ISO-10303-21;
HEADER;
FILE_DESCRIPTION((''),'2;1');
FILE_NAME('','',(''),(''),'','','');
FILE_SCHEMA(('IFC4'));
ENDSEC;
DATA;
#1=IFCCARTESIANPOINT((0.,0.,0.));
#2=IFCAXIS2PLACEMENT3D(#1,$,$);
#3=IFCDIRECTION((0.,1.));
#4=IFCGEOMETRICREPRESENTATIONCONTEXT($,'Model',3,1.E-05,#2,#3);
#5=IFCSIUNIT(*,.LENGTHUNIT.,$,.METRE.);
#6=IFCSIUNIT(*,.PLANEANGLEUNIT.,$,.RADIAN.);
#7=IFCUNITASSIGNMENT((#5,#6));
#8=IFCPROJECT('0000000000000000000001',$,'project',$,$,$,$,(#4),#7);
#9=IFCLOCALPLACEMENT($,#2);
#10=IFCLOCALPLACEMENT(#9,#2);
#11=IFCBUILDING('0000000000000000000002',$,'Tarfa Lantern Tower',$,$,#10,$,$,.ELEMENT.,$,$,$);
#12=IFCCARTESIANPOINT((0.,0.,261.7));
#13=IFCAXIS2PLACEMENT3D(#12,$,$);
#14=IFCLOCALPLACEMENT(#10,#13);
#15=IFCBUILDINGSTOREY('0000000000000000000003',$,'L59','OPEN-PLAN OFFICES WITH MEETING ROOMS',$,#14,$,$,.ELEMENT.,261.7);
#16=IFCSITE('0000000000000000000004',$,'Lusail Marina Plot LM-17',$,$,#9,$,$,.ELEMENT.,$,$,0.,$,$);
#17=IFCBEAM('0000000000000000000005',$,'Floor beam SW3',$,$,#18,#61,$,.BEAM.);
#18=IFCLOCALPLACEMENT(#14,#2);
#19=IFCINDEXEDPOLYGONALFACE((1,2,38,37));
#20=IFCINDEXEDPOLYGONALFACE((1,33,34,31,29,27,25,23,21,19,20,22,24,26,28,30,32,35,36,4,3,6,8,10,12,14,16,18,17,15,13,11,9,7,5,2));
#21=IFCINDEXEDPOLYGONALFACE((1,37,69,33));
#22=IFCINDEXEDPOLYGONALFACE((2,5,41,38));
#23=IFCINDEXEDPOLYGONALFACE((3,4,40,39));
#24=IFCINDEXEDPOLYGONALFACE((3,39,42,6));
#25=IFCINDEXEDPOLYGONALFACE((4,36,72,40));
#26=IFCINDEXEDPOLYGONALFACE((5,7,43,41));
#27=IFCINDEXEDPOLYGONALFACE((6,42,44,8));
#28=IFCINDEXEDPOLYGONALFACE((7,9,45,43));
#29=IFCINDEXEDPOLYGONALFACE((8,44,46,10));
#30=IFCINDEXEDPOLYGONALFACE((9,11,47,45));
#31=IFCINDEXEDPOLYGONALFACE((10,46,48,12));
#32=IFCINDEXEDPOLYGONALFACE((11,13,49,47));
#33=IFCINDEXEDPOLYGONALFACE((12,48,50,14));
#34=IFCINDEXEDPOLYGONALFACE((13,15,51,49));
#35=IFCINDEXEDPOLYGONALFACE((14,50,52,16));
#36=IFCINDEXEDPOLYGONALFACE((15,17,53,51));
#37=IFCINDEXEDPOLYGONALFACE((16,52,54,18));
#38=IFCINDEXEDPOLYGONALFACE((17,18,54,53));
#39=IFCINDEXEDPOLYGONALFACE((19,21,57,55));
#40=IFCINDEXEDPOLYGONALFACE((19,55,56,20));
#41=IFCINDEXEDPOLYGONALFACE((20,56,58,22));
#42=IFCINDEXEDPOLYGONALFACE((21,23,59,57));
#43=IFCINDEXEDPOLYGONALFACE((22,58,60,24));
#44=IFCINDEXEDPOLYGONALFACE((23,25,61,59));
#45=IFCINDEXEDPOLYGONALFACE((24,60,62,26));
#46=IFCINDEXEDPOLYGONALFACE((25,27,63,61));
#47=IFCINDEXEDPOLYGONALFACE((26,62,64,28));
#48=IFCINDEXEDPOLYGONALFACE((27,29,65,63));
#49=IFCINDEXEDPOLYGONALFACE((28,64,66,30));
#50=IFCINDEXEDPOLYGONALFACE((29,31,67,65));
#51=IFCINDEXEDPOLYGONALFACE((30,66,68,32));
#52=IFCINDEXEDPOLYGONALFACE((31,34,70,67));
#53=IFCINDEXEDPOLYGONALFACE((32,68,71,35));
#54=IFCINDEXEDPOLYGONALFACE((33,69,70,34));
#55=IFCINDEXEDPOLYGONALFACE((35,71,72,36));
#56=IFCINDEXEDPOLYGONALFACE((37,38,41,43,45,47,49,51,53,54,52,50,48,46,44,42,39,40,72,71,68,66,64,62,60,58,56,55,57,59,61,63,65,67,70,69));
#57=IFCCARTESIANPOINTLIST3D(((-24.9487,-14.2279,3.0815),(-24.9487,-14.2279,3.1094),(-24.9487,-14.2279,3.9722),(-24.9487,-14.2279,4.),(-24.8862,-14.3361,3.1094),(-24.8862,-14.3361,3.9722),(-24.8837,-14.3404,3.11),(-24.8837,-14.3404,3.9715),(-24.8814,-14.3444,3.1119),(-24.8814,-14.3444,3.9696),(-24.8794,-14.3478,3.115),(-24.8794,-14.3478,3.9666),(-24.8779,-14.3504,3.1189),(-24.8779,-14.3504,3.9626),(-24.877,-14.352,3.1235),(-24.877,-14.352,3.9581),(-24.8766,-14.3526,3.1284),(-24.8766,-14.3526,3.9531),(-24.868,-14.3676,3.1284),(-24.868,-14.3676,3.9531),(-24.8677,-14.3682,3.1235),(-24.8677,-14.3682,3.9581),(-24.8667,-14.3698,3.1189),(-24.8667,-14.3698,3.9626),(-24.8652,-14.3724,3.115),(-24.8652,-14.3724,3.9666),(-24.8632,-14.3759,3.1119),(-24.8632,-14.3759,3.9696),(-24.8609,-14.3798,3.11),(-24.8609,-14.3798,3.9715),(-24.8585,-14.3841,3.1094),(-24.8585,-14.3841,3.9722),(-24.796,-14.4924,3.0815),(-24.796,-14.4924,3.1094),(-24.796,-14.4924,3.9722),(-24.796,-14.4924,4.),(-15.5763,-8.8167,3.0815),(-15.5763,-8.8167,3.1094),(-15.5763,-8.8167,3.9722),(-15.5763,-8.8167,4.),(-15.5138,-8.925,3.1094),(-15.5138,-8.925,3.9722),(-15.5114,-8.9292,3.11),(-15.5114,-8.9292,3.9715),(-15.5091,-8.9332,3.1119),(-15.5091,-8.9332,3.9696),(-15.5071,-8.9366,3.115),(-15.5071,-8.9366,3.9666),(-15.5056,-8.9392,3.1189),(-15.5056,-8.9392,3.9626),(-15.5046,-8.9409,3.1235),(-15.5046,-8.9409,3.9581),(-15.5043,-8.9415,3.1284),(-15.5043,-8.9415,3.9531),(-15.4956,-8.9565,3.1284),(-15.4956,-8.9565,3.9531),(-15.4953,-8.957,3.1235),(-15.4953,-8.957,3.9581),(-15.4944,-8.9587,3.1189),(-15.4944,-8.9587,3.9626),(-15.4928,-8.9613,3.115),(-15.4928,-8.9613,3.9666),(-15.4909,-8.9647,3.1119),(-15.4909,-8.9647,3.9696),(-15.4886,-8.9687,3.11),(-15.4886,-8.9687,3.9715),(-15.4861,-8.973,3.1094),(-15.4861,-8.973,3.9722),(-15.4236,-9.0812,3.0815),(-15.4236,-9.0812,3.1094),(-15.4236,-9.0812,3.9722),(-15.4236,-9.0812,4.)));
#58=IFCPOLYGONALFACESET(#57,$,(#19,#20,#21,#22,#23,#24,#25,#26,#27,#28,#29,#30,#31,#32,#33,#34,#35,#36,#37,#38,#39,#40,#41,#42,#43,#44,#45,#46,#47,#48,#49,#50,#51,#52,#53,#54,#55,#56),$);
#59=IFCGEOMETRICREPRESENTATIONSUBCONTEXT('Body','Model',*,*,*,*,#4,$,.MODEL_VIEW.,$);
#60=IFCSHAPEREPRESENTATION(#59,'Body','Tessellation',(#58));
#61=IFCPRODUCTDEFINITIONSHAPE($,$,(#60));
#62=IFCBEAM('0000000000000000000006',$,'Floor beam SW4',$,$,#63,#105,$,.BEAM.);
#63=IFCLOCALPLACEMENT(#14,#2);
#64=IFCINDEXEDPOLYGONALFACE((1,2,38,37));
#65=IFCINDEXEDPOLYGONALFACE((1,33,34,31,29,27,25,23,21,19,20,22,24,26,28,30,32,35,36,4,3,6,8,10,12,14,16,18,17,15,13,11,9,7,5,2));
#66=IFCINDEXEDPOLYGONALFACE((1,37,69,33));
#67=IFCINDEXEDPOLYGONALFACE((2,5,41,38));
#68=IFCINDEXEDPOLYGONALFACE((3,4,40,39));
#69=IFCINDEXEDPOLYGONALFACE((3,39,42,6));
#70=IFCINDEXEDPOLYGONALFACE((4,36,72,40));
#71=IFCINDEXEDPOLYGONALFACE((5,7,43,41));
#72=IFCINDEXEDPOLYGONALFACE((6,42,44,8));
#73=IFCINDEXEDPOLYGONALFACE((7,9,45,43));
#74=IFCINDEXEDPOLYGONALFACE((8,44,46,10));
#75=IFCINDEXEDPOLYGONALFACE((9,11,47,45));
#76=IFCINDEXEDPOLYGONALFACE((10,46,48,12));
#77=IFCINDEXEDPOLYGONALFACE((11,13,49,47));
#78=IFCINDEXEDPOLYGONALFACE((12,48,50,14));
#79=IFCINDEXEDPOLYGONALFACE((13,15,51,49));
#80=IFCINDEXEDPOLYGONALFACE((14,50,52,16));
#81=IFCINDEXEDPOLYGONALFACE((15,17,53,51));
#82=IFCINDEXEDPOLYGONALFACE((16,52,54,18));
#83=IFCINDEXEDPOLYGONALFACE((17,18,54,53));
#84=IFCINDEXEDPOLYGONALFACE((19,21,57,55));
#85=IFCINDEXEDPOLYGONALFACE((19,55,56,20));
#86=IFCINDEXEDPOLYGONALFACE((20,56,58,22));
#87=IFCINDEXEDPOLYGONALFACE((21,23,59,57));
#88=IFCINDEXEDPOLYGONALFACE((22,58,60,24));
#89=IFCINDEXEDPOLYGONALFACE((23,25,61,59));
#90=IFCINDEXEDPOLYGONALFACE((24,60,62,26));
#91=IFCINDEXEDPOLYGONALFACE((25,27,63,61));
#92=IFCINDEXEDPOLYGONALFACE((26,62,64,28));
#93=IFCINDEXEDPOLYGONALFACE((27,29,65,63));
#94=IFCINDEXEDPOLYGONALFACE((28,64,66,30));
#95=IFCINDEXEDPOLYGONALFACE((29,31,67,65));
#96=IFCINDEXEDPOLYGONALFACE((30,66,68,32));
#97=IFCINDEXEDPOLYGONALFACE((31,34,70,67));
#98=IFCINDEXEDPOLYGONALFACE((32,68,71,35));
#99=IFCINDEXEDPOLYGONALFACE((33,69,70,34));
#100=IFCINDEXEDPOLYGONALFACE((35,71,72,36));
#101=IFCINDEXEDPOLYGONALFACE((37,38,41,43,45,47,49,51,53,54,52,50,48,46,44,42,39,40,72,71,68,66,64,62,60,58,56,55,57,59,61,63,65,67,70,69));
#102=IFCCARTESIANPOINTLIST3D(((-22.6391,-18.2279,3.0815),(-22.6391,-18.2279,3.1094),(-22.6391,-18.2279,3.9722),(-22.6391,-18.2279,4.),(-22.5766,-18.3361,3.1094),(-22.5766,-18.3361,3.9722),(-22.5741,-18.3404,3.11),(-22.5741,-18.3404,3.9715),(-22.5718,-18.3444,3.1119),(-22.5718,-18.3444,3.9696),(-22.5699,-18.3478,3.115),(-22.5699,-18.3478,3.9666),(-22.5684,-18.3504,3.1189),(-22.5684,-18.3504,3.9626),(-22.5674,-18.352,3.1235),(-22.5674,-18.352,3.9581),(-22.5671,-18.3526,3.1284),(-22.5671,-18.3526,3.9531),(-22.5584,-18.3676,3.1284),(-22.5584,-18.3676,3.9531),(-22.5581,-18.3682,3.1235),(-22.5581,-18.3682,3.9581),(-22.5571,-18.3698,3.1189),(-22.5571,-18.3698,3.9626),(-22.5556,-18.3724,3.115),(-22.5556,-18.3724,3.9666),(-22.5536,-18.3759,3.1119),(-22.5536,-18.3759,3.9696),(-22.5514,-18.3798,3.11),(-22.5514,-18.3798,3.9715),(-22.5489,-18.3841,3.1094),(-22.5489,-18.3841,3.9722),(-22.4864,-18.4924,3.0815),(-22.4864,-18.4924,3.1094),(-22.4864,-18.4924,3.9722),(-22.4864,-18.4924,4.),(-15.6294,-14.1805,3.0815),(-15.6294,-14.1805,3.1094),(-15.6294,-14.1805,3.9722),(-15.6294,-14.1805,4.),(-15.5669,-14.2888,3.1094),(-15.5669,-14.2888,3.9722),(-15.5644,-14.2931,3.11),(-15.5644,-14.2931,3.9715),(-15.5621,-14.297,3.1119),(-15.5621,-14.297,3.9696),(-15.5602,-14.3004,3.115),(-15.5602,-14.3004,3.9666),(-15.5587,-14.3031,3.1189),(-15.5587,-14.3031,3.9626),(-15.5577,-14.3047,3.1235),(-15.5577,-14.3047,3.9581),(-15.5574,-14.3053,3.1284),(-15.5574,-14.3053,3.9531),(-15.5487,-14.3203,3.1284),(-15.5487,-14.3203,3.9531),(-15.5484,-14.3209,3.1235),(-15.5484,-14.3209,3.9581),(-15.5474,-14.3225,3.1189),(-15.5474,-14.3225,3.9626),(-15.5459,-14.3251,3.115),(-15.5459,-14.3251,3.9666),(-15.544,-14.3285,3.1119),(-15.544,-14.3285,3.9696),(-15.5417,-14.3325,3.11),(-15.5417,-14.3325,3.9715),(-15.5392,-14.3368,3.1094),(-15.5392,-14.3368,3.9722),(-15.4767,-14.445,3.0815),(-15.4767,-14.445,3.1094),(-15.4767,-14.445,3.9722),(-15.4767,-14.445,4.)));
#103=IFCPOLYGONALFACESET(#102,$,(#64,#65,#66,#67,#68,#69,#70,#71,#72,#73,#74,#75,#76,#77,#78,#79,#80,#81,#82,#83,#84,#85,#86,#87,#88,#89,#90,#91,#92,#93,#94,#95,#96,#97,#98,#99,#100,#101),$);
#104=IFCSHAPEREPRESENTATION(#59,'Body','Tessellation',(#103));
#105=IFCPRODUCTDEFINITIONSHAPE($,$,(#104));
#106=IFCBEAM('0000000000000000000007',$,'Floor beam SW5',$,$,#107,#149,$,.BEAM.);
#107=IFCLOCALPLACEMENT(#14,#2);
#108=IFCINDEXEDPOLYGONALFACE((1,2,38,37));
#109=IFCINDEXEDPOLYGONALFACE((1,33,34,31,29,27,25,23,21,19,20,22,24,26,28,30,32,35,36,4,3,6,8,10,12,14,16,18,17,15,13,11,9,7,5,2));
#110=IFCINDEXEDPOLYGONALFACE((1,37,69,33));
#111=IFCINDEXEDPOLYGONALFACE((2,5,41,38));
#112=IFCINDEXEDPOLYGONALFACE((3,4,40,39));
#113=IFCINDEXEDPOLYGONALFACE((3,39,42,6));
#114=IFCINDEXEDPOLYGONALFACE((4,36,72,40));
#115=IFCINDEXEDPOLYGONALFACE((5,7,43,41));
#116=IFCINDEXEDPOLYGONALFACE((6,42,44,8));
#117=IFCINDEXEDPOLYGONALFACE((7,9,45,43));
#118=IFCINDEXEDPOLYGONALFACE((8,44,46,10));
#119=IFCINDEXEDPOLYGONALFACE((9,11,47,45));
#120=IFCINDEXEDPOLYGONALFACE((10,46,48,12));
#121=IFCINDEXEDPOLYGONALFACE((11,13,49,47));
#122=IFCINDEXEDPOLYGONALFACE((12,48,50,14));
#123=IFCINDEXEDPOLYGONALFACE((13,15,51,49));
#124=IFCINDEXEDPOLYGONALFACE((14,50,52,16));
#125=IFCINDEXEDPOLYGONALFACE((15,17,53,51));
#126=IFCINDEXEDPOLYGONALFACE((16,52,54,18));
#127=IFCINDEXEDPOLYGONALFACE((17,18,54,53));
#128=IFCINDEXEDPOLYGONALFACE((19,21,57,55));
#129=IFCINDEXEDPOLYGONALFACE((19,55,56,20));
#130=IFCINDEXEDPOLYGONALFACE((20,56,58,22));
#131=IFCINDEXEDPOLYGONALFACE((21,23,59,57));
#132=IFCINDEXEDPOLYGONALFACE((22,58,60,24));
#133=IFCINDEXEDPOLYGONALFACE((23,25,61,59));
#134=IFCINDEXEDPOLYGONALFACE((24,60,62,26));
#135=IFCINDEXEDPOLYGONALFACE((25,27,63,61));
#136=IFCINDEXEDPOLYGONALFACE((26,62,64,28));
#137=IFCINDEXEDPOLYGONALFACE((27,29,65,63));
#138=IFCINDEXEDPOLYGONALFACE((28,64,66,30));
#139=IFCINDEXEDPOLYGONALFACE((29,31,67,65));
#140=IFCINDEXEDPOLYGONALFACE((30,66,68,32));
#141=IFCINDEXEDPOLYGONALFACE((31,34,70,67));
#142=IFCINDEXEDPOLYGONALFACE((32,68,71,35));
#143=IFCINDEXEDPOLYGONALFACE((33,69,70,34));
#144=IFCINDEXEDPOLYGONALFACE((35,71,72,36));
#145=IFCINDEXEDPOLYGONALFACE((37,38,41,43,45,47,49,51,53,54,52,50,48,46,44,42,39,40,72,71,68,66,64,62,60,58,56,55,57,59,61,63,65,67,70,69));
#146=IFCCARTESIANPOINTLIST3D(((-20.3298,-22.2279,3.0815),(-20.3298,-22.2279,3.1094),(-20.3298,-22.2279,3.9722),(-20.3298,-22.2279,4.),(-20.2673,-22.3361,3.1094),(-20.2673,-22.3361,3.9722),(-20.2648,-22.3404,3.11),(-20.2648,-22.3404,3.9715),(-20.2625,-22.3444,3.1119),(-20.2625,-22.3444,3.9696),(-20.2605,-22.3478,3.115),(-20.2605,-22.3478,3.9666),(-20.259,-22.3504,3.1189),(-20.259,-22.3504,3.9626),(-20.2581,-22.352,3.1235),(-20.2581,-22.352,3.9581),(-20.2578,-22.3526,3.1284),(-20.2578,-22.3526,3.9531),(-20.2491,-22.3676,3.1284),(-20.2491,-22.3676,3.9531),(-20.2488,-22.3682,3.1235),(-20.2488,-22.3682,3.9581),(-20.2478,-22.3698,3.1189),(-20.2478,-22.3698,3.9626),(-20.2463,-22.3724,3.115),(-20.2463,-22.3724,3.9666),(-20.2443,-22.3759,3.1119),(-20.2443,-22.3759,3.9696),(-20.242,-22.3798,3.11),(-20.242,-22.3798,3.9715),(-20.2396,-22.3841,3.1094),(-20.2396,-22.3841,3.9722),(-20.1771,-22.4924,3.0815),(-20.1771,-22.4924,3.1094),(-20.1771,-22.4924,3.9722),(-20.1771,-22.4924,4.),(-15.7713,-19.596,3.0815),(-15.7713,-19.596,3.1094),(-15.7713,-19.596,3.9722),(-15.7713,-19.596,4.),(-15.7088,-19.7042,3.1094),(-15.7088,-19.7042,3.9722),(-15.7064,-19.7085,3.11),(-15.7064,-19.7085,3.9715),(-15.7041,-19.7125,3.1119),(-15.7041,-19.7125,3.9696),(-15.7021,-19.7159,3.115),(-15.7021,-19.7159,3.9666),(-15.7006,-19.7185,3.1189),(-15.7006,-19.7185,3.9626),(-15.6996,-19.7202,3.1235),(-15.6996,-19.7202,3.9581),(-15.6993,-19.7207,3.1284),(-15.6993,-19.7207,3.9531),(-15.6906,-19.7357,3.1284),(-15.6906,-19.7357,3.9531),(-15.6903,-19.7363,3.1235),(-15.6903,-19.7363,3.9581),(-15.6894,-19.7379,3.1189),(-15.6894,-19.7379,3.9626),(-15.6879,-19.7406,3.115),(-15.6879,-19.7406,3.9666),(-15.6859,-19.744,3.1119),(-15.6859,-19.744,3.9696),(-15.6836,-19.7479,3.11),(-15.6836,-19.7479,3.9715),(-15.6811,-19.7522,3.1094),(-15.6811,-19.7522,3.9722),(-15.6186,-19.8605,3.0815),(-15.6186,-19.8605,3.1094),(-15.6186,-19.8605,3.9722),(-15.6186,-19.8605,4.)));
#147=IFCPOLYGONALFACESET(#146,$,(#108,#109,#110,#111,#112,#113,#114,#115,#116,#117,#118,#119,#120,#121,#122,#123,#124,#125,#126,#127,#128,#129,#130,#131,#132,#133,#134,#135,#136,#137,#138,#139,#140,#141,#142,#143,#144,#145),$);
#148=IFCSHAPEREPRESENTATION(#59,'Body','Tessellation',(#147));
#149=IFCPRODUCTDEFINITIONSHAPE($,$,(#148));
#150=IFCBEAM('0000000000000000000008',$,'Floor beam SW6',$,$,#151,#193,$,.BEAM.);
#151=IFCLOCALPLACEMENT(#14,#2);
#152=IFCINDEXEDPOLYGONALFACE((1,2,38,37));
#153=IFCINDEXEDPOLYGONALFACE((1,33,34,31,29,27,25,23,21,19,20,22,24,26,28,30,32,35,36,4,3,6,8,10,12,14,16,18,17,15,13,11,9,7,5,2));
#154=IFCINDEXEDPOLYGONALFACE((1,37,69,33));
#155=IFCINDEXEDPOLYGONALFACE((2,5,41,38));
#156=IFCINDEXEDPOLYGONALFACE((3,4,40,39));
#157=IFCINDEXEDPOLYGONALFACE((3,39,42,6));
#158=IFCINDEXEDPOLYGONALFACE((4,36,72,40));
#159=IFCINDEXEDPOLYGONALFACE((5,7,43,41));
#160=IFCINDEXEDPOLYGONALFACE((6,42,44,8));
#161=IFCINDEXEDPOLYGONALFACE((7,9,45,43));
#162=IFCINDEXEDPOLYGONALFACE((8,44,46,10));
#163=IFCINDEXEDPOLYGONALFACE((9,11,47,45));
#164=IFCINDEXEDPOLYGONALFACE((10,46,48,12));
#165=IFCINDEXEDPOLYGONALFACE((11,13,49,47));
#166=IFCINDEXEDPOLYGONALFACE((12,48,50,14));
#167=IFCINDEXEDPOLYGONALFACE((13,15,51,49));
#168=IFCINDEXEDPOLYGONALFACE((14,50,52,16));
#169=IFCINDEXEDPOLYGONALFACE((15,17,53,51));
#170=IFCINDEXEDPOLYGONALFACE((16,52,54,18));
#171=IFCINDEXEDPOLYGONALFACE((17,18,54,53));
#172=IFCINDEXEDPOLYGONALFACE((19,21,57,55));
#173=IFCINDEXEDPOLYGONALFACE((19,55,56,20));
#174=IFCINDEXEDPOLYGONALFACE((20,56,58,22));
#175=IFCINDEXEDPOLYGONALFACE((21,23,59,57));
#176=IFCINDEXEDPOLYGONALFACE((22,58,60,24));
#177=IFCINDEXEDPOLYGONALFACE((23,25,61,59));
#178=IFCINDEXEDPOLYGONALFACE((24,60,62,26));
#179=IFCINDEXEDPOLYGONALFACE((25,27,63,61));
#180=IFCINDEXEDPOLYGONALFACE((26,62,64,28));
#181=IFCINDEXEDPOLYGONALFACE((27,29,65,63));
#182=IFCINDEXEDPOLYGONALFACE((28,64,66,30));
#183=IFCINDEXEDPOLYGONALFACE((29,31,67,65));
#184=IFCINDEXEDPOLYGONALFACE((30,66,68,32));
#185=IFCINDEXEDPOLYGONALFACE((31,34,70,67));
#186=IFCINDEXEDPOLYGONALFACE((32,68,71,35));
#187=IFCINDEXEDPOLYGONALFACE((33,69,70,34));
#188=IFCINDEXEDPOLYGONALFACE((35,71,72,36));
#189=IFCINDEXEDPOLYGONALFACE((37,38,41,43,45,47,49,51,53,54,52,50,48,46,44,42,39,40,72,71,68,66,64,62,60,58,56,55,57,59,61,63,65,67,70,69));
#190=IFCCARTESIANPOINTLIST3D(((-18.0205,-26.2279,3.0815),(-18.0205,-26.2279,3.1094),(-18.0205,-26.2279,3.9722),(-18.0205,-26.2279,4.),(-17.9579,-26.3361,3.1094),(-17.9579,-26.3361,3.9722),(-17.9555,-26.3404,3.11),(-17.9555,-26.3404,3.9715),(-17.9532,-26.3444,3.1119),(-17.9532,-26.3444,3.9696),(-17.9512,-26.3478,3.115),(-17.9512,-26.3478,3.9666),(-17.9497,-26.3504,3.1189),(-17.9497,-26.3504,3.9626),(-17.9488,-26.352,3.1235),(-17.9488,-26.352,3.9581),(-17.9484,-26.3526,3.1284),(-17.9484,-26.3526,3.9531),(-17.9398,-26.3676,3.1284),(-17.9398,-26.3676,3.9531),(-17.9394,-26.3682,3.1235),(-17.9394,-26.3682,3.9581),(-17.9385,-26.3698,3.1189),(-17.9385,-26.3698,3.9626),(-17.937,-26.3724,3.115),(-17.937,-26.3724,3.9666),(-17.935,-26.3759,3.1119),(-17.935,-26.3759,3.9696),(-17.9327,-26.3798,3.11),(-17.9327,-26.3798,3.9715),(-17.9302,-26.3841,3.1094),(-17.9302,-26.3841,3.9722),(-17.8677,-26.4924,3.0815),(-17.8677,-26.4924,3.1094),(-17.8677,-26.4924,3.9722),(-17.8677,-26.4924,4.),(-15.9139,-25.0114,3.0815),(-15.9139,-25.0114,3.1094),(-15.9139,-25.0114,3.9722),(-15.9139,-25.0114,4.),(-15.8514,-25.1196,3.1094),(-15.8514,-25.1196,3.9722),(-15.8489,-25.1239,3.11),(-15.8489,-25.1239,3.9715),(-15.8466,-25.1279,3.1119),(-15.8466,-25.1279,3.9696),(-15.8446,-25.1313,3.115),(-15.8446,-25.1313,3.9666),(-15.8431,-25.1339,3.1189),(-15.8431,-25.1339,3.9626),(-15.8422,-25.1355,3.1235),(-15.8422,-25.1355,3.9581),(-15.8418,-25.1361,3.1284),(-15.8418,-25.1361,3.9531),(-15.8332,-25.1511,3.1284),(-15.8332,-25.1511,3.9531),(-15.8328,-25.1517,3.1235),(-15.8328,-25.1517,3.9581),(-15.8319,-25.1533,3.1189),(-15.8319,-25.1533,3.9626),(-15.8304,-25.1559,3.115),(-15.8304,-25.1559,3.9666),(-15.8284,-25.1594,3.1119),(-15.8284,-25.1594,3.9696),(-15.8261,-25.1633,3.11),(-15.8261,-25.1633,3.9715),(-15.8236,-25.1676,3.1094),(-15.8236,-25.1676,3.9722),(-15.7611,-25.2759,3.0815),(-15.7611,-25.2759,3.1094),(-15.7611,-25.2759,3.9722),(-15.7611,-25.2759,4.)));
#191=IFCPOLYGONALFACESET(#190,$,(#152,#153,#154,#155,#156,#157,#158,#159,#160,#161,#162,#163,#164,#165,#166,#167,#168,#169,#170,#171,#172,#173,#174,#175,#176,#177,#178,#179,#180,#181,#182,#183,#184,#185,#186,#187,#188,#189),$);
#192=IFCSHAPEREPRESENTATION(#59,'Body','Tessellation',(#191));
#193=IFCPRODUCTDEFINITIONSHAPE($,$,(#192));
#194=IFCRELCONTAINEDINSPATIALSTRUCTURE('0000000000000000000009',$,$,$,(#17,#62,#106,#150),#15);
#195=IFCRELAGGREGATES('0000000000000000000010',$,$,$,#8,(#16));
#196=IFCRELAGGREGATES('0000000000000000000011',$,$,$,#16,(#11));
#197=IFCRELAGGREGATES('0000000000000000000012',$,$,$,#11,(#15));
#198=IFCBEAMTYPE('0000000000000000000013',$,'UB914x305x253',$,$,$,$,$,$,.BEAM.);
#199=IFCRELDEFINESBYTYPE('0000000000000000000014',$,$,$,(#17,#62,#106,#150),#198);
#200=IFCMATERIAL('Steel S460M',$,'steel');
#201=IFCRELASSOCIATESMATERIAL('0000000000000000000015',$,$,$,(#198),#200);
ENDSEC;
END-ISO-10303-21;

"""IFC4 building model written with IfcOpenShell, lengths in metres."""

from ifc_helpers import new_model, si_unit, direction, frame, origin, origin_2d, place, context, subcontext, project, spatial, i_section, extrude, material, material_profile, profile_set, type_object, element, save


model = new_model("IFC4")

# Units and contexts
model_context = context("Model", 3, precision=1e-05, world=origin(), true_north=direction((0.0, 1.0)))
body_context = subcontext(model_context, "Body", "Model", "MODEL_VIEW")
ifc_project = project(units=[si_unit("LENGTHUNIT", "METRE"), si_unit("PLANEANGLEUNIT", "RADIAN")], contexts=[model_context])

# Site, building, storey
site_placement = place(None, origin())
site = spatial("IfcSite", under=ifc_project, at=site_placement, Name="Lusail Marina Plot LM-17", CompositionType="ELEMENT", RefElevation=0.0)
building_placement = place(site_placement, origin())
building = spatial("IfcBuilding", under=site, at=building_placement, Name="Tarfa Lantern Tower", CompositionType="ELEMENT")
storey_placement = place(building_placement, frame((0.0, 0.0, 261.7)))
storey = spatial("IfcBuildingStorey", under=building, at=storey_placement, Name="L59", Description="OPEN-PLAN OFFICES WITH MEETING ROOMS", CompositionType="ELEMENT", Elevation=261.7)

# Beams
ifc_material_1 = material(Name="Steel S460M", Category="steel")
ifc_material_profile_1 = material_profile(ifc_material_1, i_section(OverallWidth=0.3054, OverallDepth=0.9185, WebThickness=0.0173, FlangeThickness=0.0278, FilletRadius=0.019, at=origin_2d()), Name="UB914x305x253")
ifc_profile_set_1 = profile_set([ifc_material_profile_1], Name="Steel S460M")
beam_type_1 = type_object("IfcBeamType", Name="UB914x305x253", PredefinedType="BEAM", material=ifc_profile_set_1)
beam_1_placement = place(storey_placement, frame((-24.8723, -14.3601, 3.5408), z_axis=(0.866024, 0.500002, 0.0), x_axis=(-0.500002, 0.866024, 0.0)))
element("IfcBeam", 1, at=beam_1_placement, inside=storey, type_object=beam_type_1, Name="Floor beam SW3", PredefinedType="BEAM", context=body_context, shape_type="SweptSolid", body=[
    extrude(i_section(OverallWidth=0.3054, OverallDepth=0.9185, WebThickness=0.0173, FlangeThickness=0.0278, FilletRadius=0.019, at=origin_2d()), origin(), (0.0, 0.0, 1.0), 10.8223),
])
beam_2_placement = place(storey_placement, frame((-22.5627, -18.3601, 3.5408), z_axis=(0.866011, 0.500025, 0.0), x_axis=(-0.500025, 0.866011, 0.0)))
element("IfcBeam", 2, at=beam_2_placement, inside=storey, type_object=beam_type_1, Name="Floor beam SW4", PredefinedType="BEAM", context=body_context, shape_type="SweptSolid", body=[
    extrude(i_section(OverallWidth=0.3054, OverallDepth=0.9185, WebThickness=0.0173, FlangeThickness=0.0278, FilletRadius=0.019, at=origin_2d()), origin(), (0.0, 0.0, 1.0), 8.0942),
])
beam_3_placement = place(storey_placement, frame((-20.2534, -22.3601, 3.5408), z_axis=(0.86602, 0.50001, 0.0), x_axis=(-0.50001, 0.86602, 0.0)))
element("IfcBeam", 3, at=beam_3_placement, inside=storey, type_object=beam_type_1, Name="Floor beam SW5", PredefinedType="BEAM", context=body_context, shape_type="SweptSolid", body=[
    extrude(i_section(OverallWidth=0.3054, OverallDepth=0.9185, WebThickness=0.0173, FlangeThickness=0.0278, FilletRadius=0.019, at=origin_2d()), origin(), (0.0, 0.0, 1.0), 5.2637),
])
beam_4_placement = place(storey_placement, frame((-17.9441, -26.3601, 3.5408), z_axis=(0.86598, 0.500079, 0.0), x_axis=(-0.500079, 0.86598, 0.0)))
element("IfcBeam", 4, at=beam_4_placement, inside=storey, type_object=beam_type_1, Name="Floor beam SW6", PredefinedType="BEAM", context=body_context, shape_type="SweptSolid", body=[
    extrude(i_section(OverallWidth=0.3054, OverallDepth=0.9185, WebThickness=0.0173, FlangeThickness=0.0278, FilletRadius=0.019, at=origin_2d()), origin(), (0.0, 0.0, 1.0), 2.4326),
])

save(model, "model.ifc")
